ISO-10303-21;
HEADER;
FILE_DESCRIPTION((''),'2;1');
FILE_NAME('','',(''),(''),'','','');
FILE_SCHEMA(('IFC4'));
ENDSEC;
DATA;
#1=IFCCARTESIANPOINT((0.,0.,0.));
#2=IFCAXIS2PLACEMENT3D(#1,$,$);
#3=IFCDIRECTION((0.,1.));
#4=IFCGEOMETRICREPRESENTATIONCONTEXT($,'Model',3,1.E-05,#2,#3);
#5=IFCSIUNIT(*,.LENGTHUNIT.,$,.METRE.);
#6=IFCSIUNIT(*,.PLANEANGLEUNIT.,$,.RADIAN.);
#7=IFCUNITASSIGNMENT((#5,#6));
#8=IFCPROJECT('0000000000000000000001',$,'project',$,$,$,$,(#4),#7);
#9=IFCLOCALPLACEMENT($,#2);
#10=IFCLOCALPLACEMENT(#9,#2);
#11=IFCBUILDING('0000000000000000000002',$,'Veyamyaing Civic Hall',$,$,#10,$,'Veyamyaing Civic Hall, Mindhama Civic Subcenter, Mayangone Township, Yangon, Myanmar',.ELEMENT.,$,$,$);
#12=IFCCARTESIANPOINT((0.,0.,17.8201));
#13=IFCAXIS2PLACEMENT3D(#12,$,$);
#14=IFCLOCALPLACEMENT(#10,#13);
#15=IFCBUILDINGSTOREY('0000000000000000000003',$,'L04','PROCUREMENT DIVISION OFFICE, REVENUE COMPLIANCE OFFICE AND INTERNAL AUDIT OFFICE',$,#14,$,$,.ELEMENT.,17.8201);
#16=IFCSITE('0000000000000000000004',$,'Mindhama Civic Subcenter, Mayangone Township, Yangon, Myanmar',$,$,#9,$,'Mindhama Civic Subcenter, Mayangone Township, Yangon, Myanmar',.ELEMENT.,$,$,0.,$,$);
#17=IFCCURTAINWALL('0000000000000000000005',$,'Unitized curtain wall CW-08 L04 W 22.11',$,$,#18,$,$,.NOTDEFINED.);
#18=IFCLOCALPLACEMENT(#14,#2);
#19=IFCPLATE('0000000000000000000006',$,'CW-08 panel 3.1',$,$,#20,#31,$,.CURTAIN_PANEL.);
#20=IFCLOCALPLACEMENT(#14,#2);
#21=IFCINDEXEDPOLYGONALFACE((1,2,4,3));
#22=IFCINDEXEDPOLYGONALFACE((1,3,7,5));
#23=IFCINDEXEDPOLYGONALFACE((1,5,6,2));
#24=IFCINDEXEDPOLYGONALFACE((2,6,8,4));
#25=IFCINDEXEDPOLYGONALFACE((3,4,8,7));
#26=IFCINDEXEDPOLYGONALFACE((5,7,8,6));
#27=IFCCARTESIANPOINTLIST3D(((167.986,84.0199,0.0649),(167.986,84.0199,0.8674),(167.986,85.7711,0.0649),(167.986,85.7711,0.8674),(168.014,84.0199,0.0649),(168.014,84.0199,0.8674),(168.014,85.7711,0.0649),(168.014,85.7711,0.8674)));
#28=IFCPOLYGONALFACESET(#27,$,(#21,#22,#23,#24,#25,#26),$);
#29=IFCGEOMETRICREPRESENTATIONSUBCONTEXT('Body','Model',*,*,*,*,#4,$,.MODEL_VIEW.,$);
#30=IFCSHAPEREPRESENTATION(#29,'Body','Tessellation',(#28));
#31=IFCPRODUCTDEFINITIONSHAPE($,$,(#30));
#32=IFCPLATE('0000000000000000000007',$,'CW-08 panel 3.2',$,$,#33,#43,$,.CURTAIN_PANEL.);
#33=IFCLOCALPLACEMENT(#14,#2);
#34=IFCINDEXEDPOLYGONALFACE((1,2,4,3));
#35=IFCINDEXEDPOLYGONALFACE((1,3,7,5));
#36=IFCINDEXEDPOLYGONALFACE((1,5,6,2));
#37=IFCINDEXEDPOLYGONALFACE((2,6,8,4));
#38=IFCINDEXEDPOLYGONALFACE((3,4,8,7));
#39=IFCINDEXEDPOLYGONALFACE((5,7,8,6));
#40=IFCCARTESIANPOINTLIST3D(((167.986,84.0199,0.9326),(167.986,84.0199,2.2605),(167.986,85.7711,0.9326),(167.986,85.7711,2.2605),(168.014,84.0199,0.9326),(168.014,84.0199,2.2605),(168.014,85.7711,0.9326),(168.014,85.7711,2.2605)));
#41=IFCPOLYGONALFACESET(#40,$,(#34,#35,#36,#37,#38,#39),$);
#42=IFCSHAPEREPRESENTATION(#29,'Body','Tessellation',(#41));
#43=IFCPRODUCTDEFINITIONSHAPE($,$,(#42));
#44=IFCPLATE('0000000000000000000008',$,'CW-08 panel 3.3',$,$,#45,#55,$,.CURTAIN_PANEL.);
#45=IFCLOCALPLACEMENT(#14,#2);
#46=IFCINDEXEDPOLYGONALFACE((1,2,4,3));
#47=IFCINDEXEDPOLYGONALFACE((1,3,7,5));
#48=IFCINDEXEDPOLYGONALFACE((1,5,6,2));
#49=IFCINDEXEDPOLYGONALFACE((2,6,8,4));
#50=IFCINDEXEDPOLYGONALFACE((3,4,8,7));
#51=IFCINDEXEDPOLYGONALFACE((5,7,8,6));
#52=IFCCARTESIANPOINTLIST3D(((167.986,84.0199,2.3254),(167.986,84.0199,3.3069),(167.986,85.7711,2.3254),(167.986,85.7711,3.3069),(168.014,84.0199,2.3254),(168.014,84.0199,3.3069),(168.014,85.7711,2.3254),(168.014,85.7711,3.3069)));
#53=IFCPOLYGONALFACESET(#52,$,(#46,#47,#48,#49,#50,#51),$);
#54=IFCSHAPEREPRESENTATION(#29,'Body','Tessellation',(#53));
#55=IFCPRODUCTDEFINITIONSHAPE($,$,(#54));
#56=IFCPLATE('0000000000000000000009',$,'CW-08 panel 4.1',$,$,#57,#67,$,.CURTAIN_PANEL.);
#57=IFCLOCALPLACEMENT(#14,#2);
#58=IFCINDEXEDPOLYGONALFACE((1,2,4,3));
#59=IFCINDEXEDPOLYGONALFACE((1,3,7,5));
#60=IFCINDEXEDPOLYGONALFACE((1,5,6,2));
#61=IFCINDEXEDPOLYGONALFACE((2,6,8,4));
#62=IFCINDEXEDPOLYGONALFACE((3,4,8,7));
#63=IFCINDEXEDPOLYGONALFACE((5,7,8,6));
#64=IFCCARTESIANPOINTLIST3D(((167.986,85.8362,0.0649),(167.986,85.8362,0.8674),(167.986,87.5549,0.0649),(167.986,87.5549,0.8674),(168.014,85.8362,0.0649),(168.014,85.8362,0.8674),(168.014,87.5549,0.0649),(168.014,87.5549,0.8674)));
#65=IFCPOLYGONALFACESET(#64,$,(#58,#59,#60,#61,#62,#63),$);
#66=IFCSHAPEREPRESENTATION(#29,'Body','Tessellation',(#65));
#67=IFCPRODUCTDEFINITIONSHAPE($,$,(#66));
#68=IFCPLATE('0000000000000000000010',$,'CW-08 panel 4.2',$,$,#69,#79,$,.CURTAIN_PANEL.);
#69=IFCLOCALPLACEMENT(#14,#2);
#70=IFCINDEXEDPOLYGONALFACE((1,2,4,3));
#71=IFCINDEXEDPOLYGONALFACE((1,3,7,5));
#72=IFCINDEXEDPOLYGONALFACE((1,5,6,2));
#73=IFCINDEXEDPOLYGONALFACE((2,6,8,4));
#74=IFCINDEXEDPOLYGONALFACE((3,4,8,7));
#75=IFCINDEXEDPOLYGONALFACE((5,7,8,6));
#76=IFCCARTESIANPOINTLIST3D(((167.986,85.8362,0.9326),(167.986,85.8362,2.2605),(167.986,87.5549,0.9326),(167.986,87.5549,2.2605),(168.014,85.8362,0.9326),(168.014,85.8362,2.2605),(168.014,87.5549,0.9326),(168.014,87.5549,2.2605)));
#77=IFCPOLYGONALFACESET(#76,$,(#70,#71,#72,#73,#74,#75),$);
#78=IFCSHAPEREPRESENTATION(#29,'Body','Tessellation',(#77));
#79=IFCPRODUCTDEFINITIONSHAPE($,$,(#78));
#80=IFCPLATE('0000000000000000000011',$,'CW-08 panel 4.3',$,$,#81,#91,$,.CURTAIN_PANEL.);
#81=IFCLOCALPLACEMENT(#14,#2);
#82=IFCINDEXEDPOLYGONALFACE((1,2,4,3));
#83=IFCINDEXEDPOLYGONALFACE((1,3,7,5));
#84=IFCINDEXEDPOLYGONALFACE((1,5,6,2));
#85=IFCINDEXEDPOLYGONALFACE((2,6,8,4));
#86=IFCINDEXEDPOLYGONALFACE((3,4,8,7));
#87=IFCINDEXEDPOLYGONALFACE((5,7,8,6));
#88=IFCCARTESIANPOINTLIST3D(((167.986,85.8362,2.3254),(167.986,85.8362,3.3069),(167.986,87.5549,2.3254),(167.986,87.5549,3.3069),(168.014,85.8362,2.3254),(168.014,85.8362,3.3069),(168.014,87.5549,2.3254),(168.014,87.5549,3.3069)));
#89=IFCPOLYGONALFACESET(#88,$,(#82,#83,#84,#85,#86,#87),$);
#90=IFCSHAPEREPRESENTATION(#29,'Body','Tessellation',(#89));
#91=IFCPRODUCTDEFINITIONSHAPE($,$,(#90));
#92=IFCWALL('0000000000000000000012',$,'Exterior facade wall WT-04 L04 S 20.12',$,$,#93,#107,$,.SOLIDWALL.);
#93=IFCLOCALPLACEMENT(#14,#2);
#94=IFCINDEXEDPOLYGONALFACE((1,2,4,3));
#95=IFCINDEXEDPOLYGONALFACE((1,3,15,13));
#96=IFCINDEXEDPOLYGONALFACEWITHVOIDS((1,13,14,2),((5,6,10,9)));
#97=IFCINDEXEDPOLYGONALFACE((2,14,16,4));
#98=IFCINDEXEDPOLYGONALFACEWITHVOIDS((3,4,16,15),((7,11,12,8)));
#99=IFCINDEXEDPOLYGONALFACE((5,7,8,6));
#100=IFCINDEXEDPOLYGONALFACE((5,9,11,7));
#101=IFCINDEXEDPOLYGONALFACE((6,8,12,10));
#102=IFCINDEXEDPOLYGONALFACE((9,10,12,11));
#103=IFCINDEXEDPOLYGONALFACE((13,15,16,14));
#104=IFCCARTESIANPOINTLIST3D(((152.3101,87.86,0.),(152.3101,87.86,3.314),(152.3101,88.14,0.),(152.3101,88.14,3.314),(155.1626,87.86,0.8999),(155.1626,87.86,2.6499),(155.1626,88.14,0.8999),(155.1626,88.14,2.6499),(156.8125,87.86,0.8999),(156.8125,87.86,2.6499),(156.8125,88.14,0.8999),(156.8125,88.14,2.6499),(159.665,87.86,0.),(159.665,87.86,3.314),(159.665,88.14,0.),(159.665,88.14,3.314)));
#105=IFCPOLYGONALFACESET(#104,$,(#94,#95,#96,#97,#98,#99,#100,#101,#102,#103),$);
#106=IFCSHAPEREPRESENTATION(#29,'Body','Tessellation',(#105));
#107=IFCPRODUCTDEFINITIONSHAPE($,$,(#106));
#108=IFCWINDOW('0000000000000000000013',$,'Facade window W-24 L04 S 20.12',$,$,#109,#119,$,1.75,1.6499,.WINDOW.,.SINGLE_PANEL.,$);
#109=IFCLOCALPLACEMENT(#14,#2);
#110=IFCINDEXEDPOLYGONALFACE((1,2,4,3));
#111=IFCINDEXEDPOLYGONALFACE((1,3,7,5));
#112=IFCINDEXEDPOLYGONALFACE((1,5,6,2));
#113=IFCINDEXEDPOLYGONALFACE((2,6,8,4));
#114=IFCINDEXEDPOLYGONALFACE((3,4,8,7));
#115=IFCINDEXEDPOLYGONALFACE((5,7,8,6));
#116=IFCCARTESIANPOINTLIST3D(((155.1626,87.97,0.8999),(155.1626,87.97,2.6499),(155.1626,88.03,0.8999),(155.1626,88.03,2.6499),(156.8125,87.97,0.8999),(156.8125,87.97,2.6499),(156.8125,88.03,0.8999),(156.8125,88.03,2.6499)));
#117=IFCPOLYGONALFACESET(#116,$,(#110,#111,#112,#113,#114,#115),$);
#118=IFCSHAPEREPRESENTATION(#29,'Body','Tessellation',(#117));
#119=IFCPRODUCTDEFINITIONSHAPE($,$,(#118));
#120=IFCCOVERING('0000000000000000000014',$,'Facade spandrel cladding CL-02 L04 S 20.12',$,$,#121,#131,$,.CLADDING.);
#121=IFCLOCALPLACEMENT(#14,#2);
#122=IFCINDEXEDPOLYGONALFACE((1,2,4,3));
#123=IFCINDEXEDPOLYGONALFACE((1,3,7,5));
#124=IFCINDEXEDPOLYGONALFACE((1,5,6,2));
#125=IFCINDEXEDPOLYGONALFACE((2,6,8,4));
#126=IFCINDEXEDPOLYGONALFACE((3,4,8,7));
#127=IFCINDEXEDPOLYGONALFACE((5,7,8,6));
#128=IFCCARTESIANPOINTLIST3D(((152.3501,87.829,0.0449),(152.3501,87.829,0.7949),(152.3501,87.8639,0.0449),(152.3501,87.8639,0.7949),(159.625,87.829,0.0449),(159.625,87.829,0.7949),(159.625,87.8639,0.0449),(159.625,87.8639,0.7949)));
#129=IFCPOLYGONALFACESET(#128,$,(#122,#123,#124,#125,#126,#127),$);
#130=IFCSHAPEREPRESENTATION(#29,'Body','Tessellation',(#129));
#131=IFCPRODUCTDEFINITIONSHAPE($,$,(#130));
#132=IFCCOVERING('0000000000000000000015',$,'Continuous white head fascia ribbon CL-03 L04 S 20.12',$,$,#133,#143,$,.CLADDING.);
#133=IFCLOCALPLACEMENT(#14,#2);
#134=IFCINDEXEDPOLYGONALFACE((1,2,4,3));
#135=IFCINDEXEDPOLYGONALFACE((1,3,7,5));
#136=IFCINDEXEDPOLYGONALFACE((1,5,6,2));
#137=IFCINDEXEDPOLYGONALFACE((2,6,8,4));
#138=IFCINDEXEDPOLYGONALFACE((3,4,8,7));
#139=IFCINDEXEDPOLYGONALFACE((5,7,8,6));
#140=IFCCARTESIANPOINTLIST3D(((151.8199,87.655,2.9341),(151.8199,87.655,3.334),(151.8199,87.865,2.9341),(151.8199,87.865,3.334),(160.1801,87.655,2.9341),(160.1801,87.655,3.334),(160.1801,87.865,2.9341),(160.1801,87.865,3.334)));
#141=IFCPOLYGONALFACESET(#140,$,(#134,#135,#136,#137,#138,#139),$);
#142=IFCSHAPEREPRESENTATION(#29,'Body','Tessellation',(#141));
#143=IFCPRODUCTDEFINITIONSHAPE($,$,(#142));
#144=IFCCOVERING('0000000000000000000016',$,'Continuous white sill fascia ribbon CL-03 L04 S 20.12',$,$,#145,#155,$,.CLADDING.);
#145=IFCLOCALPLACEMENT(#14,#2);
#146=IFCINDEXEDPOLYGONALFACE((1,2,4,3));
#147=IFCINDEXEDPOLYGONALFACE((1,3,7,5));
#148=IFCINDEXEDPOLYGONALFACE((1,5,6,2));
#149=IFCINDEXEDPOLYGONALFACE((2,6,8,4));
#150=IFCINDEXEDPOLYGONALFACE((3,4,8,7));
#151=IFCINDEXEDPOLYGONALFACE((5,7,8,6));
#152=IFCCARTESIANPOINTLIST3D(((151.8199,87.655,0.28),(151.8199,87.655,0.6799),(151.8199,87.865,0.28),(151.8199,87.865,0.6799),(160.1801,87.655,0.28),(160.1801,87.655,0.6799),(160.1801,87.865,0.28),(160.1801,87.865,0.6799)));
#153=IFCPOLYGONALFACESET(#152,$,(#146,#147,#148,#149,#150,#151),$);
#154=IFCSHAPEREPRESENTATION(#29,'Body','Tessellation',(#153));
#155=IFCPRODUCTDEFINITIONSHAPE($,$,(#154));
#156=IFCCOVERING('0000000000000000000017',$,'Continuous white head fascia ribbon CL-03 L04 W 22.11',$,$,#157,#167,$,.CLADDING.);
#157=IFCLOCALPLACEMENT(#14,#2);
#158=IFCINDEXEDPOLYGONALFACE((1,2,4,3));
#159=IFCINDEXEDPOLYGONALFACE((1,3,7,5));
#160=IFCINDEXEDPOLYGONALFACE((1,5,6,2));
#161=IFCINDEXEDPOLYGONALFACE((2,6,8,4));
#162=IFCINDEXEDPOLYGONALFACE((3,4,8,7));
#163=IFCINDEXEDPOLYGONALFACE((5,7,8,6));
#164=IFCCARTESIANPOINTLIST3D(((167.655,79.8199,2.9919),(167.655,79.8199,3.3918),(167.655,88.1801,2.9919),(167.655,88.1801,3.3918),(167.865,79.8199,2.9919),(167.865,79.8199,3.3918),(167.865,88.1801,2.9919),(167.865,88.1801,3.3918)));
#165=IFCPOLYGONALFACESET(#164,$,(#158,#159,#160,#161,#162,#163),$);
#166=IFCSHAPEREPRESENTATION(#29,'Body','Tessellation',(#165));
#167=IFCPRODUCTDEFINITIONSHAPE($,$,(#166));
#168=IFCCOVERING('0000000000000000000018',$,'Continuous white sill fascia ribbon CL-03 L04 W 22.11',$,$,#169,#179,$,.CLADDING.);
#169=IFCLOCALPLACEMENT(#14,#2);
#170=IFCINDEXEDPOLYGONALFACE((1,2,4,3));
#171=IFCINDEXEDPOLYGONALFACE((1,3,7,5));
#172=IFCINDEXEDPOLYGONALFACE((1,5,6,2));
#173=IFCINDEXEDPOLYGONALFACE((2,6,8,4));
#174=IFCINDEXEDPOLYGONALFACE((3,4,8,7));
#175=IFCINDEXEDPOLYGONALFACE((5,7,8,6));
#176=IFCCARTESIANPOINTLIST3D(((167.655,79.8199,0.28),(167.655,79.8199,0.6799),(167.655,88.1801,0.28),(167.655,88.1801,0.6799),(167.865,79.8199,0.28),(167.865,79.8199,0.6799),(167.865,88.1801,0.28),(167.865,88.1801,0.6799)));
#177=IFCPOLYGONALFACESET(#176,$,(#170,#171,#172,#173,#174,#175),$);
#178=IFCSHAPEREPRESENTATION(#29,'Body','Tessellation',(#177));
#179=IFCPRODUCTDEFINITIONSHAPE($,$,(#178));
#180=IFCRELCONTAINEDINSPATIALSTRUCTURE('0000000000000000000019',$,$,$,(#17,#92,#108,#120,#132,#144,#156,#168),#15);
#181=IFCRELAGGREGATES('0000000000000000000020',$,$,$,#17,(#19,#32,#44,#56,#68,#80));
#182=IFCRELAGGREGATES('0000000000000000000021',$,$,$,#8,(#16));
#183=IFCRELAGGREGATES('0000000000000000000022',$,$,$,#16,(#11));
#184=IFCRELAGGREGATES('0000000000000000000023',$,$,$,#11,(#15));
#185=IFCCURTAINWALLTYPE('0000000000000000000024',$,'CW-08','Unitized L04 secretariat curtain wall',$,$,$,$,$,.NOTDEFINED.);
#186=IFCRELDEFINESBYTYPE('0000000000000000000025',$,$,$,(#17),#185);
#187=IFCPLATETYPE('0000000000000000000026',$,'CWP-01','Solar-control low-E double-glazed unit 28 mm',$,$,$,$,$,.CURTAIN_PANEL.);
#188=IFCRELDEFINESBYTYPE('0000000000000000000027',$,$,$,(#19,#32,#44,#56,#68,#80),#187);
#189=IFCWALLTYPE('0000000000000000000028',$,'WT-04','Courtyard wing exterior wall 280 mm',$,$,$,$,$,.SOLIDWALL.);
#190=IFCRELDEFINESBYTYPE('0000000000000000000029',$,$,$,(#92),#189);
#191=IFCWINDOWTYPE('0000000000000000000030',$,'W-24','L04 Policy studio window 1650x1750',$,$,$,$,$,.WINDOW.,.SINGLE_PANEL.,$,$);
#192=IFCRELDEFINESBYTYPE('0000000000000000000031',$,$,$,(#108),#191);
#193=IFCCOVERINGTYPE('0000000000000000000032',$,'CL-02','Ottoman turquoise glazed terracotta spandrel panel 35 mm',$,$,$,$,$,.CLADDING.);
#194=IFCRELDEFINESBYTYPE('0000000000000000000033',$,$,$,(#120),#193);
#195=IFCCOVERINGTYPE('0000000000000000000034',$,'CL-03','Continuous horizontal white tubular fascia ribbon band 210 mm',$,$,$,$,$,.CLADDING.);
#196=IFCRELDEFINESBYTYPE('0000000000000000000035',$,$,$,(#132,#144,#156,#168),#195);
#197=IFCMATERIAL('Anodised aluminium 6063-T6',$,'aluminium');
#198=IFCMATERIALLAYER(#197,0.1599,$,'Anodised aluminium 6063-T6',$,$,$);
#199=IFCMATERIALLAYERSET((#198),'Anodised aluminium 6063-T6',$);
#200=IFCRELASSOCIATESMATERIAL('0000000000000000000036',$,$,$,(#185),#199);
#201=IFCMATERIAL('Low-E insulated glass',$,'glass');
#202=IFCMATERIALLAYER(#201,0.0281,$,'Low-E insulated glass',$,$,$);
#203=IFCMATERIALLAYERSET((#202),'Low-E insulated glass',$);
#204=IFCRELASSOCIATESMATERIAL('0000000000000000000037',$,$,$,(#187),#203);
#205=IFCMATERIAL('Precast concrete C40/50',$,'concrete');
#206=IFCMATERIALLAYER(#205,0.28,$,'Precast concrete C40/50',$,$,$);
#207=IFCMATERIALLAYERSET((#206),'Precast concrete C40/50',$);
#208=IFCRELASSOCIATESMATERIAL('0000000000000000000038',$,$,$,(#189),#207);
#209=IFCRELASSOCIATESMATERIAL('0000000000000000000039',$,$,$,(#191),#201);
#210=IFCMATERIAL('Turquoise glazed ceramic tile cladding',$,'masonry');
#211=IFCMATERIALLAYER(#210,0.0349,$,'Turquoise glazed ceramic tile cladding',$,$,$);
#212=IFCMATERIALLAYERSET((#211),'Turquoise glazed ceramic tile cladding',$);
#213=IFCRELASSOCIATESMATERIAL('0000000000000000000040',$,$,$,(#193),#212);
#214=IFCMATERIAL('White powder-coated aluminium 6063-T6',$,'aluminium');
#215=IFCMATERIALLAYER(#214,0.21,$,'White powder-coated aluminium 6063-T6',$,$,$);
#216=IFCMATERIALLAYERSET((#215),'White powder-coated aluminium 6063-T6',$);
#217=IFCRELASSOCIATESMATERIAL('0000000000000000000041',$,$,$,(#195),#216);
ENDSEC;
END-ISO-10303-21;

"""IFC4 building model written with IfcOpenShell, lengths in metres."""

from ifc_helpers import new_model, si_unit, direction, frame, frame_2d, origin, origin_2d, place, context, subcontext, project, spatial, rectangle, extrude, material, layer, layer_set, type_object, element, fill, aggregate, save


model = new_model("IFC4")

# Units and contexts
model_context = context("Model", 3, precision=1e-05, world=origin(), true_north=direction((0.0, 1.0)))
body_context = subcontext(model_context, "Body", "Model", "MODEL_VIEW")
ifc_project = project(units=[si_unit("LENGTHUNIT", "METRE"), si_unit("PLANEANGLEUNIT", "RADIAN")], contexts=[model_context])

# Site, building, storey
site_placement = place(None, origin())
site = spatial("IfcSite", under=ifc_project, at=site_placement, Name="Mindhama Civic Subcenter, Mayangone Township, Yangon, Myanmar", LongName="Mindhama Civic Subcenter, Mayangone Township, Yangon, Myanmar", CompositionType="ELEMENT", RefElevation=0.0)
building_placement = place(site_placement, origin())
building = spatial("IfcBuilding", under=site, at=building_placement, Name="Veyamyaing Civic Hall", LongName="Veyamyaing Civic Hall, Mindhama Civic Subcenter, Mayangone Township, Yangon, Myanmar", CompositionType="ELEMENT")
storey_placement = place(building_placement, frame((0.0, 0.0, 17.8201)))
storey = spatial("IfcBuildingStorey", under=building, at=storey_placement, Name="L04", Description="PROCUREMENT DIVISION OFFICE, REVENUE COMPLIANCE OFFICE AND INTERNAL AUDIT OFFICE", CompositionType="ELEMENT", Elevation=17.8201)

# Curtain wall, plates
ifc_material_1 = material(Name="Anodised aluminium 6063-T6", Category="aluminium")
ifc_layer_1 = layer(ifc_material_1, 0.1599, Name="Anodised aluminium 6063-T6")
ifc_layer_set_1 = layer_set([ifc_layer_1], Name="Anodised aluminium 6063-T6")
curtain_wall_type = type_object("IfcCurtainWallType", Name="CW-08", Description="Unitized L04 secretariat curtain wall", PredefinedType="NOTDEFINED", material=ifc_layer_set_1)
curtain_wall_placement = place(storey_placement, origin())
curtain_wall = element("IfcCurtainWall", 1, at=curtain_wall_placement, inside=storey, type_object=curtain_wall_type, Name="Unitized curtain wall CW-08 L04 W 22.11", PredefinedType="NOTDEFINED")
ifc_material_2 = material(Name="Low-E insulated glass", Category="glass")
ifc_layer_2 = layer(ifc_material_2, 0.0281, Name="Low-E insulated glass")
ifc_layer_set_2 = layer_set([ifc_layer_2], Name="Low-E insulated glass")
plate_type = type_object("IfcPlateType", Name="CWP-01", Description="Solar-control low-E double-glazed unit 28 mm", PredefinedType="CURTAIN_PANEL", material=ifc_layer_set_2)
plate_1_placement = place(storey_placement, frame((168.0, 84.8955, 0.0649), z_axis=(0.0, 0.0, 1.0), x_axis=(0.0, 1.0, 0.0)))
plate_1 = element("IfcPlate", 2, at=plate_1_placement, type_object=plate_type, Name="CW-08 panel 3.1", PredefinedType="CURTAIN_PANEL", context=body_context, shape_type="SweptSolid", body=[
    extrude(rectangle(XDim=1.7512, YDim=0.0281, at=origin_2d()), origin(), (0.0, 0.0, 1.0), 0.8025),
])
plate_2_placement = place(storey_placement, frame((168.0, 84.8955, 0.9326), z_axis=(0.0, 0.0, 1.0), x_axis=(0.0, 1.0, 0.0)))
plate_2 = element("IfcPlate", 3, at=plate_2_placement, type_object=plate_type, Name="CW-08 panel 3.2", PredefinedType="CURTAIN_PANEL", context=body_context, shape_type="SweptSolid", body=[
    extrude(rectangle(XDim=1.7512, YDim=0.0281, at=origin_2d()), origin(), (0.0, 0.0, 1.0), 1.3279),
])
plate_3_placement = place(storey_placement, frame((168.0, 84.8955, 2.3254), z_axis=(0.0, 0.0, 1.0), x_axis=(0.0, 1.0, 0.0)))
plate_3 = element("IfcPlate", 4, at=plate_3_placement, type_object=plate_type, Name="CW-08 panel 3.3", PredefinedType="CURTAIN_PANEL", context=body_context, shape_type="SweptSolid", body=[
    extrude(rectangle(XDim=1.7512, YDim=0.0281, at=origin_2d()), origin(), (0.0, 0.0, 1.0), 0.9814),
])
plate_4_placement = place(storey_placement, frame((168.0, 86.6956, 0.0649), z_axis=(0.0, 0.0, 1.0), x_axis=(0.0, 1.0, 0.0)))
plate_4 = element("IfcPlate", 5, at=plate_4_placement, type_object=plate_type, Name="CW-08 panel 4.1", PredefinedType="CURTAIN_PANEL", context=body_context, shape_type="SweptSolid", body=[
    extrude(rectangle(XDim=1.7188, YDim=0.0281, at=origin_2d()), origin(), (0.0, 0.0, 1.0), 0.8025),
])
plate_5_placement = place(storey_placement, frame((168.0, 86.6956, 0.9326), z_axis=(0.0, 0.0, 1.0), x_axis=(0.0, 1.0, 0.0)))
plate_5 = element("IfcPlate", 6, at=plate_5_placement, type_object=plate_type, Name="CW-08 panel 4.2", PredefinedType="CURTAIN_PANEL", context=body_context, shape_type="SweptSolid", body=[
    extrude(rectangle(XDim=1.7188, YDim=0.0281, at=origin_2d()), origin(), (0.0, 0.0, 1.0), 1.3279),
])
plate_6_placement = place(storey_placement, frame((168.0, 86.6956, 2.3254), z_axis=(0.0, 0.0, 1.0), x_axis=(0.0, 1.0, 0.0)))
plate_6 = element("IfcPlate", 7, at=plate_6_placement, type_object=plate_type, Name="CW-08 panel 4.3", PredefinedType="CURTAIN_PANEL", context=body_context, shape_type="SweptSolid", body=[
    extrude(rectangle(XDim=1.7188, YDim=0.0281, at=origin_2d()), origin(), (0.0, 0.0, 1.0), 0.9814),
])
aggregate(curtain_wall, [plate_1, plate_2, plate_3, plate_4, plate_5, plate_6])

# Wall, opening, window
ifc_material_3 = material(Name="Precast concrete C40/50", Category="concrete")
ifc_layer_3 = layer(ifc_material_3, 0.28, Name="Precast concrete C40/50")
ifc_layer_set_3 = layer_set([ifc_layer_3], Name="Precast concrete C40/50")
wall_type = type_object("IfcWallType", Name="WT-04", Description="Courtyard wing exterior wall 280 mm", PredefinedType="SOLIDWALL", material=ifc_layer_set_3)
wall_placement = place(storey_placement, frame((152.3101, 88.0, 0.0), z_axis=(0.0, 0.0, 1.0), x_axis=(1.0, 0.0, 0.0)))
wall = element("IfcWall", 8, at=wall_placement, inside=storey, type_object=wall_type, Name="Exterior facade wall WT-04 L04 S 20.12", PredefinedType="SOLIDWALL", context=body_context, shape_type="SweptSolid", body=[
    extrude(rectangle(XDim=7.355, YDim=0.28, at=frame_2d((3.6775, 0.0))), origin(), (0.0, 0.0, 1.0), 3.314),
])
opening_placement = place(wall_placement, frame((2.8525, 0.0, 0.8999)))
opening = element("IfcOpeningElement", 9, at=opening_placement, cuts=wall, PredefinedType="OPENING", context=body_context, shape_type="SweptSolid", body=[
    extrude(rectangle(XDim=1.6499, YDim=1.75, at=frame_2d((0.825, 0.875))), frame((0.0, 0.1499, 0.0), z_axis=(0.0, -1.0, 0.0), x_axis=(1.0, 0.0, 0.0)), (0.0, 0.0, 1.0), 0.3),
])
window_type = type_object("IfcWindowType", Name="W-24", Description="L04 Policy studio window 1650x1750", PartitioningType="SINGLE_PANEL", PredefinedType="WINDOW", material=ifc_material_2)
window_placement = place(opening_placement, origin())
window = element("IfcWindow", 10, at=window_placement, inside=storey, type_object=window_type, Name="Facade window W-24 L04 S 20.12", OverallHeight=1.75, OverallWidth=1.6499, PartitioningType="SINGLE_PANEL", PredefinedType="WINDOW", context=body_context, shape_type="SweptSolid", body=[
    extrude(rectangle(XDim=1.6499, YDim=1.75, at=frame_2d((0.825, 0.875))), frame((0.0, 0.03, 0.0), z_axis=(0.0, -1.0, 0.0), x_axis=(1.0, 0.0, 0.0)), (0.0, 0.0, 1.0), 0.0601),
])
fill(opening, window)

# Coverings
ifc_material_4 = material(Name="Turquoise glazed ceramic tile cladding", Category="masonry")
ifc_layer_4 = layer(ifc_material_4, 0.0349, Name="Turquoise glazed ceramic tile cladding")
ifc_layer_set_4 = layer_set([ifc_layer_4], Name="Turquoise glazed ceramic tile cladding")
covering_type_1 = type_object("IfcCoveringType", Name="CL-02", Description="Ottoman turquoise glazed terracotta spandrel panel 35 mm", PredefinedType="CLADDING", material=ifc_layer_set_4)
covering_placement = place(storey_placement, frame((155.9875, 87.8464, 0.0449), z_axis=(0.0, 0.0, 1.0), x_axis=(1.0, 0.0, 0.0)))
element("IfcCovering", 11, at=covering_placement, inside=storey, type_object=covering_type_1, Name="Facade spandrel cladding CL-02 L04 S 20.12", PredefinedType="CLADDING", context=body_context, shape_type="SweptSolid", body=[
    extrude(rectangle(XDim=7.2749, YDim=0.0349, at=origin_2d()), origin(), (0.0, 0.0, 1.0), 0.75),
])
ifc_material_5 = material(Name="White powder-coated aluminium 6063-T6", Category="aluminium")
ifc_layer_5 = layer(ifc_material_5, 0.21, Name="White powder-coated aluminium 6063-T6")
ifc_layer_set_5 = layer_set([ifc_layer_5], Name="White powder-coated aluminium 6063-T6")
covering_type_2 = type_object("IfcCoveringType", Name="CL-03", Description="Continuous horizontal white tubular fascia ribbon band 210 mm", PredefinedType="CLADDING", material=ifc_layer_set_5)
for number, where, z_axis, x_axis, name in (
    (12, (156.0, 87.76, 2.9341), (0.0, 0.0, 1.0), (1.0, 0.0, 0.0), "Continuous white head fascia ribbon CL-03 L04 S 20.12"),
    (13, (156.0, 87.76, 0.28), (0.0, 0.0, 1.0), (1.0, 0.0, 0.0), "Continuous white sill fascia ribbon CL-03 L04 S 20.12"),
    (14, (167.76, 84.0, 2.9919), (0.0, 0.0, 1.0), (0.0, 1.0, 0.0), "Continuous white head fascia ribbon CL-03 L04 W 22.11"),
    (15, (167.76, 84.0, 0.28), (0.0, 0.0, 1.0), (0.0, 1.0, 0.0), "Continuous white sill fascia ribbon CL-03 L04 W 22.11"),
):
    element("IfcCovering", number, at=place(storey_placement, frame(where, z_axis=z_axis, x_axis=x_axis)), inside=storey, type_object=covering_type_2, Name=name, PredefinedType="CLADDING", context=body_context, shape_type="SweptSolid", body=[
        extrude(rectangle(XDim=8.3601, YDim=0.21, at=origin_2d()), origin(), (0.0, 0.0, 1.0), 0.3999),
    ])

save(model, "model.ifc")
